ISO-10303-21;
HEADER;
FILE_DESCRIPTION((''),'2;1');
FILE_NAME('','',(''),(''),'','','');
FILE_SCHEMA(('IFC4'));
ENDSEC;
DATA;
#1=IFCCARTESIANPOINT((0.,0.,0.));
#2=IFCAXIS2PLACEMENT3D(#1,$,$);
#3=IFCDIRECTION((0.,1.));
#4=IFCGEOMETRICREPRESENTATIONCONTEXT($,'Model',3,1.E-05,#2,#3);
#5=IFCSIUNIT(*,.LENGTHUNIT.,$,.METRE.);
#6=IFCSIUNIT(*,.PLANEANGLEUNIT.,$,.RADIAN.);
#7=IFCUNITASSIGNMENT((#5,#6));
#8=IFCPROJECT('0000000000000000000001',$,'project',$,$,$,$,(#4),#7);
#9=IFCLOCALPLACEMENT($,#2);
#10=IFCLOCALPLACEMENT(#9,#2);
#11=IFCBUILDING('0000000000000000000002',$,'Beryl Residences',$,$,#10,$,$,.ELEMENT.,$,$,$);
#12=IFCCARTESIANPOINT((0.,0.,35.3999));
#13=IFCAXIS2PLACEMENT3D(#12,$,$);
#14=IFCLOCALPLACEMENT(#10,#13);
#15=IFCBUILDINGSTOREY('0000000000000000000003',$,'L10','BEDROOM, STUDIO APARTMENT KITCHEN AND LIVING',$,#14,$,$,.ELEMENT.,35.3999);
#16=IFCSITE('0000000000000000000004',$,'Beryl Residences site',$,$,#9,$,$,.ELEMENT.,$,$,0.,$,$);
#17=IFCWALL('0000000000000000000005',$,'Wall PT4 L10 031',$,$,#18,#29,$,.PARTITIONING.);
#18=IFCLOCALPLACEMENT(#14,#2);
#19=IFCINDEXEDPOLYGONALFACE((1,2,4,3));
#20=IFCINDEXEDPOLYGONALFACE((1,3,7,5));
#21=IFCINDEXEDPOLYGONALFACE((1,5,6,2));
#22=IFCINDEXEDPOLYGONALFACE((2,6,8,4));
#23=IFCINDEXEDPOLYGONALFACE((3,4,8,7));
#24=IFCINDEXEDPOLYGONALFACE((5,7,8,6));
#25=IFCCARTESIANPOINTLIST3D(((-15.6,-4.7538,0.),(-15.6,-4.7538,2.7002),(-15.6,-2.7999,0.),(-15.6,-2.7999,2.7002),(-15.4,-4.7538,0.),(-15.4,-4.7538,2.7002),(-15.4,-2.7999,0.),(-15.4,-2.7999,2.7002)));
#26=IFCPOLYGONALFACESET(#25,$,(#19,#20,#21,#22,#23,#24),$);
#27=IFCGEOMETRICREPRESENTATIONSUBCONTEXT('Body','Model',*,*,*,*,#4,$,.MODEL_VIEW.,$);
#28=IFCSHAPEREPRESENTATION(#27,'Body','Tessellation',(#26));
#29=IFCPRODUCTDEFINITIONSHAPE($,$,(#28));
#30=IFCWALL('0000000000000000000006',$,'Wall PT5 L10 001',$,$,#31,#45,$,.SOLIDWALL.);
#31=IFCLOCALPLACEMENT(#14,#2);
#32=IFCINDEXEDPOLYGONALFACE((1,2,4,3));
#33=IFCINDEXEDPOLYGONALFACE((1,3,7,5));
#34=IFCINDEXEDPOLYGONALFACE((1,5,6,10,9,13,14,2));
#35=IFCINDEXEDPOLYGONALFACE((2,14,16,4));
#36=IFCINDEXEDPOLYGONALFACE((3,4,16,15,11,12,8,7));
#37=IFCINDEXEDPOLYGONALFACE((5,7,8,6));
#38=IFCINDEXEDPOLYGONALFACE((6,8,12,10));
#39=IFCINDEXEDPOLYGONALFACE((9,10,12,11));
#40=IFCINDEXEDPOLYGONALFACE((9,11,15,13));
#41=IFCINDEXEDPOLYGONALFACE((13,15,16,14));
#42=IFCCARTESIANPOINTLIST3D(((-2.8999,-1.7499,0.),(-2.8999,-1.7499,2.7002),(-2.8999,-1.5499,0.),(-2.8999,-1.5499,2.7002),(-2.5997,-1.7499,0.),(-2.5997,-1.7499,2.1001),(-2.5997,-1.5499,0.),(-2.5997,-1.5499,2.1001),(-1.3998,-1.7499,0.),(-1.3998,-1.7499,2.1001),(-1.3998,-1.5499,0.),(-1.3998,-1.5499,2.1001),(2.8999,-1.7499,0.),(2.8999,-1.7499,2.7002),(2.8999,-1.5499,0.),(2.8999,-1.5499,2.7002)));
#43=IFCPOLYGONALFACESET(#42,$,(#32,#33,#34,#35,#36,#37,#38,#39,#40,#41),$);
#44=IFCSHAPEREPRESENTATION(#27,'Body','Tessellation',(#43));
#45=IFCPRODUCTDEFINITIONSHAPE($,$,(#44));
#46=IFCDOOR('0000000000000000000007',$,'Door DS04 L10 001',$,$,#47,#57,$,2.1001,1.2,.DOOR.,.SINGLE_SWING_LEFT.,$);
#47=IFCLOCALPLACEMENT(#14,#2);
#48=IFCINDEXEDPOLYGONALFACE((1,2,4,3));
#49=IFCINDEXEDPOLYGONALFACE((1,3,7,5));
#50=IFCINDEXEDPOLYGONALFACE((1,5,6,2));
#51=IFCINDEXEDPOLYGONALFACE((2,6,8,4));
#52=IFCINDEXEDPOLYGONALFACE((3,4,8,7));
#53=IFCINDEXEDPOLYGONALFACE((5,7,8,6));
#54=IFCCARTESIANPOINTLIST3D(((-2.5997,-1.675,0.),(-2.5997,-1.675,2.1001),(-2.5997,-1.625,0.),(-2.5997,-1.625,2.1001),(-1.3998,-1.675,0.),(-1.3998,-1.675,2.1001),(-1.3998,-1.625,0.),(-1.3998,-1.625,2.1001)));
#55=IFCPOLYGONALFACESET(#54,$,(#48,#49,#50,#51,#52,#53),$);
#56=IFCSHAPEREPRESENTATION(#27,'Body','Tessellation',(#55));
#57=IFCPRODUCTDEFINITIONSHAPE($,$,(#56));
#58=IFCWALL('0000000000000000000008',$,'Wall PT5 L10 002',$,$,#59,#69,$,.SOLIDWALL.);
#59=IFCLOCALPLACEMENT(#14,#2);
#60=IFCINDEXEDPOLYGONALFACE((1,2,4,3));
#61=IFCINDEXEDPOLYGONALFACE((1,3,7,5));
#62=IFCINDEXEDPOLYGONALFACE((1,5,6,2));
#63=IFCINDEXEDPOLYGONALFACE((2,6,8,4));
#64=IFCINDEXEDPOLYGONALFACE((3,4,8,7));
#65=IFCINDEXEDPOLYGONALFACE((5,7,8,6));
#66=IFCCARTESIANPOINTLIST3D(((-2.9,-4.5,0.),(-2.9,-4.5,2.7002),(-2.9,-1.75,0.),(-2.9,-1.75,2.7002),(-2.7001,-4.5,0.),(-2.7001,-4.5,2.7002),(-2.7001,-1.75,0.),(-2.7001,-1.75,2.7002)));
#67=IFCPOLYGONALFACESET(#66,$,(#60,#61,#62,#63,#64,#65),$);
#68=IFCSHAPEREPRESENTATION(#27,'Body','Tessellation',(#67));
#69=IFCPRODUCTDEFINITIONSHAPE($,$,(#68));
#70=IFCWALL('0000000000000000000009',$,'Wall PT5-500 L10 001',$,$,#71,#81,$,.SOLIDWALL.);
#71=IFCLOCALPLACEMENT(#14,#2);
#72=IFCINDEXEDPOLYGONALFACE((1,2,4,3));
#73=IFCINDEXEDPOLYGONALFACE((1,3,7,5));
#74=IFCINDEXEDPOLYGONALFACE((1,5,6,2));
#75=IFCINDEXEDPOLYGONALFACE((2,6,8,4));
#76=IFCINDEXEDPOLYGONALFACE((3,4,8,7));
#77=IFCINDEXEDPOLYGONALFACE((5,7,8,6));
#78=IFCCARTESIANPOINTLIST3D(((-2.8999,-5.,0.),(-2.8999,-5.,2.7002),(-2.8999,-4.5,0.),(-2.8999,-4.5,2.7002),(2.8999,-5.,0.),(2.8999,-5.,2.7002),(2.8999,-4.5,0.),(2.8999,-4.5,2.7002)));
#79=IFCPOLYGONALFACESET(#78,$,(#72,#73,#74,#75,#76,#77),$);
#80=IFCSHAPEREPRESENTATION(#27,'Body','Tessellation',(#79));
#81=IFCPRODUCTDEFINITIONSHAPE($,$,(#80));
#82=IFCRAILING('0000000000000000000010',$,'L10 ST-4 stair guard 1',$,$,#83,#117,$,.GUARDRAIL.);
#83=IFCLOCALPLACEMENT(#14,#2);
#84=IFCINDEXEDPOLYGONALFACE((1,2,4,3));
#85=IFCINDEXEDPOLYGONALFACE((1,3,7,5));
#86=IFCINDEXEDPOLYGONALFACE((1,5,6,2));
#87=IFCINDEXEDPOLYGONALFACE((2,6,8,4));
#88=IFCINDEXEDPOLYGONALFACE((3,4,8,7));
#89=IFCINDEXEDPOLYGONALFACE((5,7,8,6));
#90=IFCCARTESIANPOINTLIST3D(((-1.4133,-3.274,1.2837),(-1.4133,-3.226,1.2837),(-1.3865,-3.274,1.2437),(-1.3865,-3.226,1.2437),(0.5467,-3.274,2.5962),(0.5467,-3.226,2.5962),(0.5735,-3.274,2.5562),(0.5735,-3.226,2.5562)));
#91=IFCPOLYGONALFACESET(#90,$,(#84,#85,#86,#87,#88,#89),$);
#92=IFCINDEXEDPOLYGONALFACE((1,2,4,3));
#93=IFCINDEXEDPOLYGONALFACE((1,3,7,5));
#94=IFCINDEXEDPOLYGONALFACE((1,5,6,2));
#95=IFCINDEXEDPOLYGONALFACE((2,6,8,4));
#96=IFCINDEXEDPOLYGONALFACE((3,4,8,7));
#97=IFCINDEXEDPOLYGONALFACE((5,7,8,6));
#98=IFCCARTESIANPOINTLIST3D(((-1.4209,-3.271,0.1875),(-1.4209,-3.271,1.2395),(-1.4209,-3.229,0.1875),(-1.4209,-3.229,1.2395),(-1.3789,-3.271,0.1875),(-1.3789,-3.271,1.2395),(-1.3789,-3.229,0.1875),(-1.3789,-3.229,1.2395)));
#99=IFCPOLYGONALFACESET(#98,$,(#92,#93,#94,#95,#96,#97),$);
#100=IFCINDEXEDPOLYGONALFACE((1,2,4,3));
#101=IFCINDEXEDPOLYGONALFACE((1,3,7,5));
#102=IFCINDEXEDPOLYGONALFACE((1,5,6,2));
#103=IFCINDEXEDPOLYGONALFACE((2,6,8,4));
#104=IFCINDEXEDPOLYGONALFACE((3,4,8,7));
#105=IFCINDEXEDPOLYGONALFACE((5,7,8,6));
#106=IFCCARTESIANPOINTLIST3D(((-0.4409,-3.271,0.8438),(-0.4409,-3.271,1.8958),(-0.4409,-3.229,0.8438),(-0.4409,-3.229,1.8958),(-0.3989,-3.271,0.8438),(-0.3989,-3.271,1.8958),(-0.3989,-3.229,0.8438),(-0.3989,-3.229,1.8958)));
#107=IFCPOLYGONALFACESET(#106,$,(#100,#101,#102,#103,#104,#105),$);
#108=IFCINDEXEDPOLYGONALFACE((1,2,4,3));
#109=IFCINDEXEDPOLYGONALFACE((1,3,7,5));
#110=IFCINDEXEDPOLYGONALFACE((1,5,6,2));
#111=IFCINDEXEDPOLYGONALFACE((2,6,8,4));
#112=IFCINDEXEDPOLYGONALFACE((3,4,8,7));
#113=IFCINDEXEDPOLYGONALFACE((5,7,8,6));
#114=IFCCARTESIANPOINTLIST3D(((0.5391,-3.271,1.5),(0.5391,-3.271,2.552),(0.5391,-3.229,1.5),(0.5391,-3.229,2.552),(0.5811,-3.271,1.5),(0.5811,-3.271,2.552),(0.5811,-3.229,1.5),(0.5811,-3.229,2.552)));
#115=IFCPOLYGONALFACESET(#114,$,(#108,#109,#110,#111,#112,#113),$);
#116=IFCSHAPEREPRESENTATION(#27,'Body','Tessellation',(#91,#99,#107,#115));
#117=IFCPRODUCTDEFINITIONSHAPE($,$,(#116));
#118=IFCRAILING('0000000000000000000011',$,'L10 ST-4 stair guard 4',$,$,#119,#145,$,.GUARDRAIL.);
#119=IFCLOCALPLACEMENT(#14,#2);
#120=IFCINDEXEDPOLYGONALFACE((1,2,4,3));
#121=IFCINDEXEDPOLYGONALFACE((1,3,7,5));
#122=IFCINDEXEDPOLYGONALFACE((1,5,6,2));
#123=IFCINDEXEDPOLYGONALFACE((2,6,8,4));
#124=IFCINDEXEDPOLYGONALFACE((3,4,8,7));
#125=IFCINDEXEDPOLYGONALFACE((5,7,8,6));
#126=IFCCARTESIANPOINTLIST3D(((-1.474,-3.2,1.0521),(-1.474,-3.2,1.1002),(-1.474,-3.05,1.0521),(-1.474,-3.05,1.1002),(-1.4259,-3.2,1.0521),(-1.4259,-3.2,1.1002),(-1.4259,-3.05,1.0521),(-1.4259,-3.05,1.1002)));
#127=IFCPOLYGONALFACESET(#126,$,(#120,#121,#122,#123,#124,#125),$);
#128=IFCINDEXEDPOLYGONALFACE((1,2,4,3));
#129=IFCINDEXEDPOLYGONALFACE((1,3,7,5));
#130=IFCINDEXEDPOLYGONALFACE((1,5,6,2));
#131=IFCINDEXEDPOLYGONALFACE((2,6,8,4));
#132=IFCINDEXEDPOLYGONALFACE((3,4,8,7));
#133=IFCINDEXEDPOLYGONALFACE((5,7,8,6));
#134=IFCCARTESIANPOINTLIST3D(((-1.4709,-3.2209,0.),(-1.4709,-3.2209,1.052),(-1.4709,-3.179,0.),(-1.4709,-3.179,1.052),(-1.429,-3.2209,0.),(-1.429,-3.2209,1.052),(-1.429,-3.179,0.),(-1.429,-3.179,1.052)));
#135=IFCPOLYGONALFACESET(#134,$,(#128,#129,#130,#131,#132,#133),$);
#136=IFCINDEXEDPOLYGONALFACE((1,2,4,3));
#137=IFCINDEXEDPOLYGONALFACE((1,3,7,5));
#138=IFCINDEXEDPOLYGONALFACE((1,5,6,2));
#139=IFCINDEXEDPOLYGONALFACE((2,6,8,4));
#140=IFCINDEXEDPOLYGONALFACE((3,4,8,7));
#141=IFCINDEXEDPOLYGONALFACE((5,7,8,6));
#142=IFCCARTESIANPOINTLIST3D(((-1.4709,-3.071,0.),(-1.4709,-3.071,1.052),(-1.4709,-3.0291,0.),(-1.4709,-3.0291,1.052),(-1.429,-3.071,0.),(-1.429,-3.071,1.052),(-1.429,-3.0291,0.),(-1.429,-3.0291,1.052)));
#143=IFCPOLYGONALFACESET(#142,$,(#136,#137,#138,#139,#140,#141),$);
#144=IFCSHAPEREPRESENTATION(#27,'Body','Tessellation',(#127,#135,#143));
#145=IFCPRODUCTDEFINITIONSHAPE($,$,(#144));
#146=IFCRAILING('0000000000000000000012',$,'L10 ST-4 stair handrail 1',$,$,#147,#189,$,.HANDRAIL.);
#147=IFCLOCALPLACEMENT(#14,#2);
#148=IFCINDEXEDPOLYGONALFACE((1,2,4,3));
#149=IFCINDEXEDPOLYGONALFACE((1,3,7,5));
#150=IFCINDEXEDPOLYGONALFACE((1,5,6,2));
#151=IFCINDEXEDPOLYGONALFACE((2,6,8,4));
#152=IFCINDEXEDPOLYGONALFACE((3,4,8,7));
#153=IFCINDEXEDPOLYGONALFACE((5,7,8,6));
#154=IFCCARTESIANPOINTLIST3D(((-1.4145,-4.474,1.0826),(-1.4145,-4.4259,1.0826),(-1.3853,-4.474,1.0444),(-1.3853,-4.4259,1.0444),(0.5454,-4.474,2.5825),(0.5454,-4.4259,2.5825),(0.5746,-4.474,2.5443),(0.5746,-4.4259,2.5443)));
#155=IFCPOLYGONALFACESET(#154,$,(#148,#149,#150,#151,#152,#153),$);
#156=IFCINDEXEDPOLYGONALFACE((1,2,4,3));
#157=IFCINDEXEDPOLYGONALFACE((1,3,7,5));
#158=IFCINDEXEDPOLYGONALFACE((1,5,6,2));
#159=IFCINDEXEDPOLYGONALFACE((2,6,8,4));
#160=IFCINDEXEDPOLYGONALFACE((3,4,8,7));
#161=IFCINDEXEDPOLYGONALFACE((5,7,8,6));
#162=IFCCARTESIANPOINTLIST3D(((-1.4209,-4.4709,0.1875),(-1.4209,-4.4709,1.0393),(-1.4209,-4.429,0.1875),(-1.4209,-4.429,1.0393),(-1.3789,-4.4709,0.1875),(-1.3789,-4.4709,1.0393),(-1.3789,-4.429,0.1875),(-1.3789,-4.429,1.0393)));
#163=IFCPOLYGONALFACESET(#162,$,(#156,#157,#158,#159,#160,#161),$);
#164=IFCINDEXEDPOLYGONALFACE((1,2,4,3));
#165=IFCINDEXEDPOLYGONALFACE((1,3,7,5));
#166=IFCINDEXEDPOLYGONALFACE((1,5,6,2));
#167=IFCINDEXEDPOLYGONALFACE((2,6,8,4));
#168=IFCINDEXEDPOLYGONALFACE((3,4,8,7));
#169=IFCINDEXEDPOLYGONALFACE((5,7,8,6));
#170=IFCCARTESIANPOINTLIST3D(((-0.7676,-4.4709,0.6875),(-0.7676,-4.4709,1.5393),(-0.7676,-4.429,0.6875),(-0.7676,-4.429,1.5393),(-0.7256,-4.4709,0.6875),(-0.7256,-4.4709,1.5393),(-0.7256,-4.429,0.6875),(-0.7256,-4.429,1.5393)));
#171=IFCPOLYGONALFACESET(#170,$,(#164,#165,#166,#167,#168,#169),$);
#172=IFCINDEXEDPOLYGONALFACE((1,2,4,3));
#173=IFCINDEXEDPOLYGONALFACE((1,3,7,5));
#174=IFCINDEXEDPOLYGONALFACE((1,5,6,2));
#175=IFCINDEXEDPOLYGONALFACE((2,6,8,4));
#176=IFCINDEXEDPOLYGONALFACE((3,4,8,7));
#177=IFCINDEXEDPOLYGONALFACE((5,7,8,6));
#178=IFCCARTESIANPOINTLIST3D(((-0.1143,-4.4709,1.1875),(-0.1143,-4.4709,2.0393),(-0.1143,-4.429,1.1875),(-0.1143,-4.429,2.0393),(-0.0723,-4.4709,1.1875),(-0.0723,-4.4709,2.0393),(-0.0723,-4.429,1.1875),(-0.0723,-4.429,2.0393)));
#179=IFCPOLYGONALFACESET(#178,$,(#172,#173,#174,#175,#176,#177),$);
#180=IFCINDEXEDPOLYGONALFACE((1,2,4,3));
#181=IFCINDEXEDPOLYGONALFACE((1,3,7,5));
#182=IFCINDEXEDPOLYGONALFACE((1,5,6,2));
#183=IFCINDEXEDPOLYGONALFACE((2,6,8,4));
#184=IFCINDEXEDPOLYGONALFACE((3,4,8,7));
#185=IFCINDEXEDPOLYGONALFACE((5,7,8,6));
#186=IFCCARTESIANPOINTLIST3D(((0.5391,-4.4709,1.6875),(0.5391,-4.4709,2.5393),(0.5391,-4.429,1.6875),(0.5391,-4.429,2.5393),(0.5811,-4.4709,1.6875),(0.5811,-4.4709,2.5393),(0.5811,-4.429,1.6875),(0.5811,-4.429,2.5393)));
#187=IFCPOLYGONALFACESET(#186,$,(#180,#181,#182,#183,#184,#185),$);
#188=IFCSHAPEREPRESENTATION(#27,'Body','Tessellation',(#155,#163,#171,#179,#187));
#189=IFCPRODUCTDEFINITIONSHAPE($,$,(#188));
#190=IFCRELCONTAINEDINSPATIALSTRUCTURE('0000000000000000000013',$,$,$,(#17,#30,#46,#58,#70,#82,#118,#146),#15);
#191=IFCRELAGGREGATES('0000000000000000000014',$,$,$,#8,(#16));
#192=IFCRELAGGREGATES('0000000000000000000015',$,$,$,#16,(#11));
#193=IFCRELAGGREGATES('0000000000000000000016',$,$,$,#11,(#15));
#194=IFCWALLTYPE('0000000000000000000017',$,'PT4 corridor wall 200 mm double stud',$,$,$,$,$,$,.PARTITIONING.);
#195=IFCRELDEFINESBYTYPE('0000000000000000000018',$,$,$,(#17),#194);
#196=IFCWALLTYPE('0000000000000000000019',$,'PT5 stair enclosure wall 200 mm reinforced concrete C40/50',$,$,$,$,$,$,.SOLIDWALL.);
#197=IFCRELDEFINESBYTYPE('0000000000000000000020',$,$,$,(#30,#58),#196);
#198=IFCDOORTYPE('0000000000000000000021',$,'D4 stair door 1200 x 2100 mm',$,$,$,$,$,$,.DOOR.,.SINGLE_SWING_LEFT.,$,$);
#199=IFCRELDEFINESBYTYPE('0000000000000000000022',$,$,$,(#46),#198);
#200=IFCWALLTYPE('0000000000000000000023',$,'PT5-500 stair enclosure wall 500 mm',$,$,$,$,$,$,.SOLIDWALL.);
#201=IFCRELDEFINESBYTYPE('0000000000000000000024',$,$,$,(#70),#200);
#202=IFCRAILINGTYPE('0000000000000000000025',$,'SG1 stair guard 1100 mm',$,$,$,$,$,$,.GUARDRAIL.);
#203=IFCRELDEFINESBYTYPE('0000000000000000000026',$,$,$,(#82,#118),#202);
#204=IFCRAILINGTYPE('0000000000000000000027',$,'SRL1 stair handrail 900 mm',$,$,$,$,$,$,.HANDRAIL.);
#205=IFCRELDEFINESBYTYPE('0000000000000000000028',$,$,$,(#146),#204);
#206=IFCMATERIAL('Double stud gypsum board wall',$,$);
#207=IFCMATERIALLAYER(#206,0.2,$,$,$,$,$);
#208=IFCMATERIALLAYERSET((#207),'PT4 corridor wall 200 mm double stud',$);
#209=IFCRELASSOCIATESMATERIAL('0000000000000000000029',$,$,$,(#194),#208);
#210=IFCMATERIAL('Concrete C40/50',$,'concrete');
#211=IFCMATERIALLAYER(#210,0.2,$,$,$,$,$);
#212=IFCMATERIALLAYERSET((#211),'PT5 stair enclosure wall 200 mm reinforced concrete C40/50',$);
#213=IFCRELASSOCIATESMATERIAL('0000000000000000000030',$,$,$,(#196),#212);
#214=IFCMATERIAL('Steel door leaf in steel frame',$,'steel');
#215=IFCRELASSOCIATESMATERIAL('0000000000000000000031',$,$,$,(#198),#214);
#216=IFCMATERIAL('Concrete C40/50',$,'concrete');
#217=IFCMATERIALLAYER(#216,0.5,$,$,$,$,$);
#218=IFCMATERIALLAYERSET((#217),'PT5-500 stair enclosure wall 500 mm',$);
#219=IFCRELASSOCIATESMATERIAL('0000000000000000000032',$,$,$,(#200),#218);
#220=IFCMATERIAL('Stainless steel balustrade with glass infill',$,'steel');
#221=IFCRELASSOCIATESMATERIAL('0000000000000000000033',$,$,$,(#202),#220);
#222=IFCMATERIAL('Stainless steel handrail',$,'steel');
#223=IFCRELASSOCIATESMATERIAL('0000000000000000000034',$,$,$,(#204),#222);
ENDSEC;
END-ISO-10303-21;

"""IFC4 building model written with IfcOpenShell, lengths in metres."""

from ifc_helpers import new_model, si_unit, direction, frame, frame_2d, origin, origin_2d, place, context, subcontext, project, spatial, rectangle, extrude, material, layer, layer_set, type_object, element, fill, save


model = new_model("IFC4")

# Units and contexts
model_context = context("Model", 3, precision=1e-05, world=origin(), true_north=direction((0.0, 1.0)))
body_context = subcontext(model_context, "Body", "Model", "MODEL_VIEW")
ifc_project = project(units=[si_unit("LENGTHUNIT", "METRE"), si_unit("PLANEANGLEUNIT", "RADIAN")], contexts=[model_context])

# Site, building, storey
site_placement = place(None, origin())
site = spatial("IfcSite", under=ifc_project, at=site_placement, Name="Beryl Residences site", CompositionType="ELEMENT", RefElevation=0.0)
building_placement = place(site_placement, origin())
building = spatial("IfcBuilding", under=site, at=building_placement, Name="Beryl Residences", CompositionType="ELEMENT")
storey_placement = place(building_placement, frame((0.0, 0.0, 35.3999)))
storey = spatial("IfcBuildingStorey", under=building, at=storey_placement, Name="L10", Description="BEDROOM, STUDIO APARTMENT KITCHEN AND LIVING", CompositionType="ELEMENT", Elevation=35.3999)

# Shared definitions
ifc_material_1 = material(Name="Double stud gypsum board wall")
ifc_layer_1 = layer(ifc_material_1, 0.2)
ifc_layer_set_1 = layer_set([ifc_layer_1], Name="PT4 corridor wall 200 mm double stud")
wall_type_1 = type_object("IfcWallType", Name="PT4 corridor wall 200 mm double stud", PredefinedType="PARTITIONING", material=ifc_layer_set_1)

# Wall
wall_1_placement = place(storey_placement, frame((-15.5, -4.7539, 0.0), z_axis=(0.0, 0.0, 1.0), x_axis=(0.0, 1.0, 0.0)))
element("IfcWall", 1, at=wall_1_placement, inside=storey, type_object=wall_type_1, Name="Wall PT4 L10 031", PredefinedType="PARTITIONING", context=body_context, shape_type="SweptSolid", body=[
    extrude(rectangle(XDim=1.9539, YDim=0.2, at=frame_2d((0.9771, 0.0))), origin(), (0.0, 0.0, 1.0), 2.7002),
])

# Wall, opening, door
ifc_material_2 = material(Name="Concrete C40/50", Category="concrete")
ifc_layer_2 = layer(ifc_material_2, 0.2)
ifc_layer_set_2 = layer_set([ifc_layer_2], Name="PT5 stair enclosure wall 200 mm reinforced concrete C40/50")
wall_type_2 = type_object("IfcWallType", Name="PT5 stair enclosure wall 200 mm reinforced concrete C40/50", PredefinedType="SOLIDWALL", material=ifc_layer_set_2)
wall_2_placement = place(storey_placement, frame((-2.8999, -1.6499, 0.0), z_axis=(0.0, 0.0, 1.0), x_axis=(1.0, 0.0, 0.0)))
wall_2 = element("IfcWall", 2, at=wall_2_placement, inside=storey, type_object=wall_type_2, Name="Wall PT5 L10 001", PredefinedType="SOLIDWALL", context=body_context, shape_type="SweptSolid", body=[
    extrude(rectangle(XDim=5.7998, YDim=0.2, at=frame_2d((2.8999, 0.0))), origin(), (0.0, 0.0, 1.0), 2.7002),
])
opening_1_placement = place(wall_2_placement, frame((0.3, 0.0, 0.0)))
opening_1 = element("IfcOpeningElement", 3, at=opening_1_placement, cuts=wall_2, PredefinedType="OPENING", context=body_context, shape_type="SweptSolid", body=[
    extrude(rectangle(XDim=1.2, YDim=2.1001, at=frame_2d((0.6001, 1.05))), frame((0.0, 0.1099, 0.0), z_axis=(0.0, -1.0, 0.0), x_axis=(1.0, 0.0, 0.0)), (0.0, 0.0, 1.0), 0.22),
])
ifc_material_3 = material(Name="Steel door leaf in steel frame", Category="steel")
door_type_1 = type_object("IfcDoorType", Name="D4 stair door 1200 x 2100 mm", OperationType="SINGLE_SWING_LEFT", PredefinedType="DOOR", material=ifc_material_3)
door_1_placement = place(opening_1_placement, origin())
door_1 = element("IfcDoor", 4, at=door_1_placement, inside=storey, type_object=door_type_1, Name="Door DS04 L10 001", OperationType="SINGLE_SWING_LEFT", OverallHeight=2.1001, OverallWidth=1.2, PredefinedType="DOOR", context=body_context, shape_type="SweptSolid", body=[
    extrude(rectangle(XDim=1.2, YDim=2.1001, at=frame_2d((0.6001, 1.05))), frame((0.0, 0.0249, 0.0), z_axis=(0.0, -1.0, 0.0), x_axis=(1.0, 0.0, 0.0)), (0.0, 0.0, 1.0), 0.05),
])
fill(opening_1, door_1)

# Walls
wall_3_placement = place(storey_placement, frame((-2.8, -4.5, 0.0), z_axis=(0.0, 0.0, 1.0), x_axis=(0.0, 1.0, 0.0)))
element("IfcWall", 5, at=wall_3_placement, inside=storey, type_object=wall_type_2, Name="Wall PT5 L10 002", PredefinedType="SOLIDWALL", context=body_context, shape_type="SweptSolid", body=[
    extrude(rectangle(XDim=2.75, YDim=0.2, at=frame_2d((1.375, 0.0))), origin(), (0.0, 0.0, 1.0), 2.7002),
])
ifc_material_4 = material(Name="Concrete C40/50", Category="concrete")
ifc_layer_3 = layer(ifc_material_4, 0.5)
ifc_layer_set_3 = layer_set([ifc_layer_3], Name="PT5-500 stair enclosure wall 500 mm")
wall_type_3 = type_object("IfcWallType", Name="PT5-500 stair enclosure wall 500 mm", PredefinedType="SOLIDWALL", material=ifc_layer_set_3)
wall_4_placement = place(storey_placement, frame((-2.8999, -4.75, 0.0), z_axis=(0.0, 0.0, 1.0), x_axis=(1.0, 0.0, 0.0)))
element("IfcWall", 6, at=wall_4_placement, inside=storey, type_object=wall_type_3, Name="Wall PT5-500 L10 001", PredefinedType="SOLIDWALL", context=body_context, shape_type="SweptSolid", body=[
    extrude(rectangle(XDim=5.7998, YDim=0.5, at=frame_2d((2.8999, 0.0))), origin(), (0.0, 0.0, 1.0), 2.7002),
])

# Railings
ifc_material_5 = material(Name="Stainless steel balustrade with glass infill", Category="steel")
railing_type_1 = type_object("IfcRailingType", Name="SG1 stair guard 1100 mm", PredefinedType="GUARDRAIL", material=ifc_material_5)
railing_1_placement = place(storey_placement, frame((-1.3999, -3.25, 0.1875)))
element("IfcRailing", 7, at=railing_1_placement, inside=storey, type_object=railing_type_1, Name="L10 ST-4 stair guard 1", PredefinedType="GUARDRAIL", context=body_context, shape_type="SweptSolid", body=[
    extrude(rectangle(XDim=0.0481, YDim=0.0481, at=origin_2d()), frame((0.0, 0.0, 1.0762), z_axis=(0.830902, 0.0, 0.556419), x_axis=(0.0, 1.0, 0.0)), (0.0, 0.0, 1.0), 2.3589),
    extrude(rectangle(XDim=0.042, YDim=0.042, at=origin_2d()), origin(), (0.0, 0.0, 1.0), 1.052),
    extrude(rectangle(XDim=0.042, YDim=0.042, at=origin_2d()), frame((0.98, 0.0, 0.6562)), (0.0, 0.0, 1.0), 1.052),
    extrude(rectangle(XDim=0.042, YDim=0.042, at=origin_2d()), frame((1.96, 0.0, 1.3125)), (0.0, 0.0, 1.0), 1.052),
])
railing_2_placement = place(storey_placement, frame((-1.45, -3.2, 0.0)))
element("IfcRailing", 8, at=railing_2_placement, inside=storey, type_object=railing_type_1, Name="L10 ST-4 stair guard 4", PredefinedType="GUARDRAIL", context=body_context, shape_type="SweptSolid", body=[
    extrude(rectangle(XDim=0.0481, YDim=0.0481, at=origin_2d()), frame((0.0, 0.0, 1.0762), z_axis=(0.0, 1.0, 0.0), x_axis=(-1.0, 0.0, 0.0)), (0.0, 0.0, 1.0), 0.1499),
    extrude(rectangle(XDim=0.042, YDim=0.042, at=origin_2d()), origin(), (0.0, 0.0, 1.0), 1.052),
    extrude(rectangle(XDim=0.042, YDim=0.042, at=origin_2d()), frame((0.0, 0.1499, 0.0)), (0.0, 0.0, 1.0), 1.052),
])
ifc_material_6 = material(Name="Stainless steel handrail", Category="steel")
railing_type_2 = type_object("IfcRailingType", Name="SRL1 stair handrail 900 mm", PredefinedType="HANDRAIL", material=ifc_material_6)
railing_3_placement = place(storey_placement, frame((-1.3999, -4.45, 0.1875)))
element("IfcRailing", 9, at=railing_3_placement, inside=storey, type_object=railing_type_2, Name="L10 ST-4 stair handrail 1", PredefinedType="HANDRAIL", context=body_context, shape_type="SweptSolid", body=[
    extrude(rectangle(XDim=0.0481, YDim=0.0481, at=origin_2d()), frame((0.0, 0.0, 0.876), z_axis=(0.794122, 0.0, 0.607758), x_axis=(0.0, 1.0, 0.0)), (0.0, 0.0, 1.0), 2.468),
    extrude(rectangle(XDim=0.042, YDim=0.042, at=origin_2d()), origin(), (0.0, 0.0, 1.0), 0.8518),
    extrude(rectangle(XDim=0.042, YDim=0.042, at=origin_2d()), frame((0.6533, 0.0, 0.5)), (0.0, 0.0, 1.0), 0.8518),
    extrude(rectangle(XDim=0.042, YDim=0.042, at=origin_2d()), frame((1.3066, 0.0, 1.0)), (0.0, 0.0, 1.0), 0.8518),
    extrude(rectangle(XDim=0.042, YDim=0.042, at=origin_2d()), frame((1.96, 0.0, 1.5)), (0.0, 0.0, 1.0), 0.8518),
])

save(model, "model.ifc")
